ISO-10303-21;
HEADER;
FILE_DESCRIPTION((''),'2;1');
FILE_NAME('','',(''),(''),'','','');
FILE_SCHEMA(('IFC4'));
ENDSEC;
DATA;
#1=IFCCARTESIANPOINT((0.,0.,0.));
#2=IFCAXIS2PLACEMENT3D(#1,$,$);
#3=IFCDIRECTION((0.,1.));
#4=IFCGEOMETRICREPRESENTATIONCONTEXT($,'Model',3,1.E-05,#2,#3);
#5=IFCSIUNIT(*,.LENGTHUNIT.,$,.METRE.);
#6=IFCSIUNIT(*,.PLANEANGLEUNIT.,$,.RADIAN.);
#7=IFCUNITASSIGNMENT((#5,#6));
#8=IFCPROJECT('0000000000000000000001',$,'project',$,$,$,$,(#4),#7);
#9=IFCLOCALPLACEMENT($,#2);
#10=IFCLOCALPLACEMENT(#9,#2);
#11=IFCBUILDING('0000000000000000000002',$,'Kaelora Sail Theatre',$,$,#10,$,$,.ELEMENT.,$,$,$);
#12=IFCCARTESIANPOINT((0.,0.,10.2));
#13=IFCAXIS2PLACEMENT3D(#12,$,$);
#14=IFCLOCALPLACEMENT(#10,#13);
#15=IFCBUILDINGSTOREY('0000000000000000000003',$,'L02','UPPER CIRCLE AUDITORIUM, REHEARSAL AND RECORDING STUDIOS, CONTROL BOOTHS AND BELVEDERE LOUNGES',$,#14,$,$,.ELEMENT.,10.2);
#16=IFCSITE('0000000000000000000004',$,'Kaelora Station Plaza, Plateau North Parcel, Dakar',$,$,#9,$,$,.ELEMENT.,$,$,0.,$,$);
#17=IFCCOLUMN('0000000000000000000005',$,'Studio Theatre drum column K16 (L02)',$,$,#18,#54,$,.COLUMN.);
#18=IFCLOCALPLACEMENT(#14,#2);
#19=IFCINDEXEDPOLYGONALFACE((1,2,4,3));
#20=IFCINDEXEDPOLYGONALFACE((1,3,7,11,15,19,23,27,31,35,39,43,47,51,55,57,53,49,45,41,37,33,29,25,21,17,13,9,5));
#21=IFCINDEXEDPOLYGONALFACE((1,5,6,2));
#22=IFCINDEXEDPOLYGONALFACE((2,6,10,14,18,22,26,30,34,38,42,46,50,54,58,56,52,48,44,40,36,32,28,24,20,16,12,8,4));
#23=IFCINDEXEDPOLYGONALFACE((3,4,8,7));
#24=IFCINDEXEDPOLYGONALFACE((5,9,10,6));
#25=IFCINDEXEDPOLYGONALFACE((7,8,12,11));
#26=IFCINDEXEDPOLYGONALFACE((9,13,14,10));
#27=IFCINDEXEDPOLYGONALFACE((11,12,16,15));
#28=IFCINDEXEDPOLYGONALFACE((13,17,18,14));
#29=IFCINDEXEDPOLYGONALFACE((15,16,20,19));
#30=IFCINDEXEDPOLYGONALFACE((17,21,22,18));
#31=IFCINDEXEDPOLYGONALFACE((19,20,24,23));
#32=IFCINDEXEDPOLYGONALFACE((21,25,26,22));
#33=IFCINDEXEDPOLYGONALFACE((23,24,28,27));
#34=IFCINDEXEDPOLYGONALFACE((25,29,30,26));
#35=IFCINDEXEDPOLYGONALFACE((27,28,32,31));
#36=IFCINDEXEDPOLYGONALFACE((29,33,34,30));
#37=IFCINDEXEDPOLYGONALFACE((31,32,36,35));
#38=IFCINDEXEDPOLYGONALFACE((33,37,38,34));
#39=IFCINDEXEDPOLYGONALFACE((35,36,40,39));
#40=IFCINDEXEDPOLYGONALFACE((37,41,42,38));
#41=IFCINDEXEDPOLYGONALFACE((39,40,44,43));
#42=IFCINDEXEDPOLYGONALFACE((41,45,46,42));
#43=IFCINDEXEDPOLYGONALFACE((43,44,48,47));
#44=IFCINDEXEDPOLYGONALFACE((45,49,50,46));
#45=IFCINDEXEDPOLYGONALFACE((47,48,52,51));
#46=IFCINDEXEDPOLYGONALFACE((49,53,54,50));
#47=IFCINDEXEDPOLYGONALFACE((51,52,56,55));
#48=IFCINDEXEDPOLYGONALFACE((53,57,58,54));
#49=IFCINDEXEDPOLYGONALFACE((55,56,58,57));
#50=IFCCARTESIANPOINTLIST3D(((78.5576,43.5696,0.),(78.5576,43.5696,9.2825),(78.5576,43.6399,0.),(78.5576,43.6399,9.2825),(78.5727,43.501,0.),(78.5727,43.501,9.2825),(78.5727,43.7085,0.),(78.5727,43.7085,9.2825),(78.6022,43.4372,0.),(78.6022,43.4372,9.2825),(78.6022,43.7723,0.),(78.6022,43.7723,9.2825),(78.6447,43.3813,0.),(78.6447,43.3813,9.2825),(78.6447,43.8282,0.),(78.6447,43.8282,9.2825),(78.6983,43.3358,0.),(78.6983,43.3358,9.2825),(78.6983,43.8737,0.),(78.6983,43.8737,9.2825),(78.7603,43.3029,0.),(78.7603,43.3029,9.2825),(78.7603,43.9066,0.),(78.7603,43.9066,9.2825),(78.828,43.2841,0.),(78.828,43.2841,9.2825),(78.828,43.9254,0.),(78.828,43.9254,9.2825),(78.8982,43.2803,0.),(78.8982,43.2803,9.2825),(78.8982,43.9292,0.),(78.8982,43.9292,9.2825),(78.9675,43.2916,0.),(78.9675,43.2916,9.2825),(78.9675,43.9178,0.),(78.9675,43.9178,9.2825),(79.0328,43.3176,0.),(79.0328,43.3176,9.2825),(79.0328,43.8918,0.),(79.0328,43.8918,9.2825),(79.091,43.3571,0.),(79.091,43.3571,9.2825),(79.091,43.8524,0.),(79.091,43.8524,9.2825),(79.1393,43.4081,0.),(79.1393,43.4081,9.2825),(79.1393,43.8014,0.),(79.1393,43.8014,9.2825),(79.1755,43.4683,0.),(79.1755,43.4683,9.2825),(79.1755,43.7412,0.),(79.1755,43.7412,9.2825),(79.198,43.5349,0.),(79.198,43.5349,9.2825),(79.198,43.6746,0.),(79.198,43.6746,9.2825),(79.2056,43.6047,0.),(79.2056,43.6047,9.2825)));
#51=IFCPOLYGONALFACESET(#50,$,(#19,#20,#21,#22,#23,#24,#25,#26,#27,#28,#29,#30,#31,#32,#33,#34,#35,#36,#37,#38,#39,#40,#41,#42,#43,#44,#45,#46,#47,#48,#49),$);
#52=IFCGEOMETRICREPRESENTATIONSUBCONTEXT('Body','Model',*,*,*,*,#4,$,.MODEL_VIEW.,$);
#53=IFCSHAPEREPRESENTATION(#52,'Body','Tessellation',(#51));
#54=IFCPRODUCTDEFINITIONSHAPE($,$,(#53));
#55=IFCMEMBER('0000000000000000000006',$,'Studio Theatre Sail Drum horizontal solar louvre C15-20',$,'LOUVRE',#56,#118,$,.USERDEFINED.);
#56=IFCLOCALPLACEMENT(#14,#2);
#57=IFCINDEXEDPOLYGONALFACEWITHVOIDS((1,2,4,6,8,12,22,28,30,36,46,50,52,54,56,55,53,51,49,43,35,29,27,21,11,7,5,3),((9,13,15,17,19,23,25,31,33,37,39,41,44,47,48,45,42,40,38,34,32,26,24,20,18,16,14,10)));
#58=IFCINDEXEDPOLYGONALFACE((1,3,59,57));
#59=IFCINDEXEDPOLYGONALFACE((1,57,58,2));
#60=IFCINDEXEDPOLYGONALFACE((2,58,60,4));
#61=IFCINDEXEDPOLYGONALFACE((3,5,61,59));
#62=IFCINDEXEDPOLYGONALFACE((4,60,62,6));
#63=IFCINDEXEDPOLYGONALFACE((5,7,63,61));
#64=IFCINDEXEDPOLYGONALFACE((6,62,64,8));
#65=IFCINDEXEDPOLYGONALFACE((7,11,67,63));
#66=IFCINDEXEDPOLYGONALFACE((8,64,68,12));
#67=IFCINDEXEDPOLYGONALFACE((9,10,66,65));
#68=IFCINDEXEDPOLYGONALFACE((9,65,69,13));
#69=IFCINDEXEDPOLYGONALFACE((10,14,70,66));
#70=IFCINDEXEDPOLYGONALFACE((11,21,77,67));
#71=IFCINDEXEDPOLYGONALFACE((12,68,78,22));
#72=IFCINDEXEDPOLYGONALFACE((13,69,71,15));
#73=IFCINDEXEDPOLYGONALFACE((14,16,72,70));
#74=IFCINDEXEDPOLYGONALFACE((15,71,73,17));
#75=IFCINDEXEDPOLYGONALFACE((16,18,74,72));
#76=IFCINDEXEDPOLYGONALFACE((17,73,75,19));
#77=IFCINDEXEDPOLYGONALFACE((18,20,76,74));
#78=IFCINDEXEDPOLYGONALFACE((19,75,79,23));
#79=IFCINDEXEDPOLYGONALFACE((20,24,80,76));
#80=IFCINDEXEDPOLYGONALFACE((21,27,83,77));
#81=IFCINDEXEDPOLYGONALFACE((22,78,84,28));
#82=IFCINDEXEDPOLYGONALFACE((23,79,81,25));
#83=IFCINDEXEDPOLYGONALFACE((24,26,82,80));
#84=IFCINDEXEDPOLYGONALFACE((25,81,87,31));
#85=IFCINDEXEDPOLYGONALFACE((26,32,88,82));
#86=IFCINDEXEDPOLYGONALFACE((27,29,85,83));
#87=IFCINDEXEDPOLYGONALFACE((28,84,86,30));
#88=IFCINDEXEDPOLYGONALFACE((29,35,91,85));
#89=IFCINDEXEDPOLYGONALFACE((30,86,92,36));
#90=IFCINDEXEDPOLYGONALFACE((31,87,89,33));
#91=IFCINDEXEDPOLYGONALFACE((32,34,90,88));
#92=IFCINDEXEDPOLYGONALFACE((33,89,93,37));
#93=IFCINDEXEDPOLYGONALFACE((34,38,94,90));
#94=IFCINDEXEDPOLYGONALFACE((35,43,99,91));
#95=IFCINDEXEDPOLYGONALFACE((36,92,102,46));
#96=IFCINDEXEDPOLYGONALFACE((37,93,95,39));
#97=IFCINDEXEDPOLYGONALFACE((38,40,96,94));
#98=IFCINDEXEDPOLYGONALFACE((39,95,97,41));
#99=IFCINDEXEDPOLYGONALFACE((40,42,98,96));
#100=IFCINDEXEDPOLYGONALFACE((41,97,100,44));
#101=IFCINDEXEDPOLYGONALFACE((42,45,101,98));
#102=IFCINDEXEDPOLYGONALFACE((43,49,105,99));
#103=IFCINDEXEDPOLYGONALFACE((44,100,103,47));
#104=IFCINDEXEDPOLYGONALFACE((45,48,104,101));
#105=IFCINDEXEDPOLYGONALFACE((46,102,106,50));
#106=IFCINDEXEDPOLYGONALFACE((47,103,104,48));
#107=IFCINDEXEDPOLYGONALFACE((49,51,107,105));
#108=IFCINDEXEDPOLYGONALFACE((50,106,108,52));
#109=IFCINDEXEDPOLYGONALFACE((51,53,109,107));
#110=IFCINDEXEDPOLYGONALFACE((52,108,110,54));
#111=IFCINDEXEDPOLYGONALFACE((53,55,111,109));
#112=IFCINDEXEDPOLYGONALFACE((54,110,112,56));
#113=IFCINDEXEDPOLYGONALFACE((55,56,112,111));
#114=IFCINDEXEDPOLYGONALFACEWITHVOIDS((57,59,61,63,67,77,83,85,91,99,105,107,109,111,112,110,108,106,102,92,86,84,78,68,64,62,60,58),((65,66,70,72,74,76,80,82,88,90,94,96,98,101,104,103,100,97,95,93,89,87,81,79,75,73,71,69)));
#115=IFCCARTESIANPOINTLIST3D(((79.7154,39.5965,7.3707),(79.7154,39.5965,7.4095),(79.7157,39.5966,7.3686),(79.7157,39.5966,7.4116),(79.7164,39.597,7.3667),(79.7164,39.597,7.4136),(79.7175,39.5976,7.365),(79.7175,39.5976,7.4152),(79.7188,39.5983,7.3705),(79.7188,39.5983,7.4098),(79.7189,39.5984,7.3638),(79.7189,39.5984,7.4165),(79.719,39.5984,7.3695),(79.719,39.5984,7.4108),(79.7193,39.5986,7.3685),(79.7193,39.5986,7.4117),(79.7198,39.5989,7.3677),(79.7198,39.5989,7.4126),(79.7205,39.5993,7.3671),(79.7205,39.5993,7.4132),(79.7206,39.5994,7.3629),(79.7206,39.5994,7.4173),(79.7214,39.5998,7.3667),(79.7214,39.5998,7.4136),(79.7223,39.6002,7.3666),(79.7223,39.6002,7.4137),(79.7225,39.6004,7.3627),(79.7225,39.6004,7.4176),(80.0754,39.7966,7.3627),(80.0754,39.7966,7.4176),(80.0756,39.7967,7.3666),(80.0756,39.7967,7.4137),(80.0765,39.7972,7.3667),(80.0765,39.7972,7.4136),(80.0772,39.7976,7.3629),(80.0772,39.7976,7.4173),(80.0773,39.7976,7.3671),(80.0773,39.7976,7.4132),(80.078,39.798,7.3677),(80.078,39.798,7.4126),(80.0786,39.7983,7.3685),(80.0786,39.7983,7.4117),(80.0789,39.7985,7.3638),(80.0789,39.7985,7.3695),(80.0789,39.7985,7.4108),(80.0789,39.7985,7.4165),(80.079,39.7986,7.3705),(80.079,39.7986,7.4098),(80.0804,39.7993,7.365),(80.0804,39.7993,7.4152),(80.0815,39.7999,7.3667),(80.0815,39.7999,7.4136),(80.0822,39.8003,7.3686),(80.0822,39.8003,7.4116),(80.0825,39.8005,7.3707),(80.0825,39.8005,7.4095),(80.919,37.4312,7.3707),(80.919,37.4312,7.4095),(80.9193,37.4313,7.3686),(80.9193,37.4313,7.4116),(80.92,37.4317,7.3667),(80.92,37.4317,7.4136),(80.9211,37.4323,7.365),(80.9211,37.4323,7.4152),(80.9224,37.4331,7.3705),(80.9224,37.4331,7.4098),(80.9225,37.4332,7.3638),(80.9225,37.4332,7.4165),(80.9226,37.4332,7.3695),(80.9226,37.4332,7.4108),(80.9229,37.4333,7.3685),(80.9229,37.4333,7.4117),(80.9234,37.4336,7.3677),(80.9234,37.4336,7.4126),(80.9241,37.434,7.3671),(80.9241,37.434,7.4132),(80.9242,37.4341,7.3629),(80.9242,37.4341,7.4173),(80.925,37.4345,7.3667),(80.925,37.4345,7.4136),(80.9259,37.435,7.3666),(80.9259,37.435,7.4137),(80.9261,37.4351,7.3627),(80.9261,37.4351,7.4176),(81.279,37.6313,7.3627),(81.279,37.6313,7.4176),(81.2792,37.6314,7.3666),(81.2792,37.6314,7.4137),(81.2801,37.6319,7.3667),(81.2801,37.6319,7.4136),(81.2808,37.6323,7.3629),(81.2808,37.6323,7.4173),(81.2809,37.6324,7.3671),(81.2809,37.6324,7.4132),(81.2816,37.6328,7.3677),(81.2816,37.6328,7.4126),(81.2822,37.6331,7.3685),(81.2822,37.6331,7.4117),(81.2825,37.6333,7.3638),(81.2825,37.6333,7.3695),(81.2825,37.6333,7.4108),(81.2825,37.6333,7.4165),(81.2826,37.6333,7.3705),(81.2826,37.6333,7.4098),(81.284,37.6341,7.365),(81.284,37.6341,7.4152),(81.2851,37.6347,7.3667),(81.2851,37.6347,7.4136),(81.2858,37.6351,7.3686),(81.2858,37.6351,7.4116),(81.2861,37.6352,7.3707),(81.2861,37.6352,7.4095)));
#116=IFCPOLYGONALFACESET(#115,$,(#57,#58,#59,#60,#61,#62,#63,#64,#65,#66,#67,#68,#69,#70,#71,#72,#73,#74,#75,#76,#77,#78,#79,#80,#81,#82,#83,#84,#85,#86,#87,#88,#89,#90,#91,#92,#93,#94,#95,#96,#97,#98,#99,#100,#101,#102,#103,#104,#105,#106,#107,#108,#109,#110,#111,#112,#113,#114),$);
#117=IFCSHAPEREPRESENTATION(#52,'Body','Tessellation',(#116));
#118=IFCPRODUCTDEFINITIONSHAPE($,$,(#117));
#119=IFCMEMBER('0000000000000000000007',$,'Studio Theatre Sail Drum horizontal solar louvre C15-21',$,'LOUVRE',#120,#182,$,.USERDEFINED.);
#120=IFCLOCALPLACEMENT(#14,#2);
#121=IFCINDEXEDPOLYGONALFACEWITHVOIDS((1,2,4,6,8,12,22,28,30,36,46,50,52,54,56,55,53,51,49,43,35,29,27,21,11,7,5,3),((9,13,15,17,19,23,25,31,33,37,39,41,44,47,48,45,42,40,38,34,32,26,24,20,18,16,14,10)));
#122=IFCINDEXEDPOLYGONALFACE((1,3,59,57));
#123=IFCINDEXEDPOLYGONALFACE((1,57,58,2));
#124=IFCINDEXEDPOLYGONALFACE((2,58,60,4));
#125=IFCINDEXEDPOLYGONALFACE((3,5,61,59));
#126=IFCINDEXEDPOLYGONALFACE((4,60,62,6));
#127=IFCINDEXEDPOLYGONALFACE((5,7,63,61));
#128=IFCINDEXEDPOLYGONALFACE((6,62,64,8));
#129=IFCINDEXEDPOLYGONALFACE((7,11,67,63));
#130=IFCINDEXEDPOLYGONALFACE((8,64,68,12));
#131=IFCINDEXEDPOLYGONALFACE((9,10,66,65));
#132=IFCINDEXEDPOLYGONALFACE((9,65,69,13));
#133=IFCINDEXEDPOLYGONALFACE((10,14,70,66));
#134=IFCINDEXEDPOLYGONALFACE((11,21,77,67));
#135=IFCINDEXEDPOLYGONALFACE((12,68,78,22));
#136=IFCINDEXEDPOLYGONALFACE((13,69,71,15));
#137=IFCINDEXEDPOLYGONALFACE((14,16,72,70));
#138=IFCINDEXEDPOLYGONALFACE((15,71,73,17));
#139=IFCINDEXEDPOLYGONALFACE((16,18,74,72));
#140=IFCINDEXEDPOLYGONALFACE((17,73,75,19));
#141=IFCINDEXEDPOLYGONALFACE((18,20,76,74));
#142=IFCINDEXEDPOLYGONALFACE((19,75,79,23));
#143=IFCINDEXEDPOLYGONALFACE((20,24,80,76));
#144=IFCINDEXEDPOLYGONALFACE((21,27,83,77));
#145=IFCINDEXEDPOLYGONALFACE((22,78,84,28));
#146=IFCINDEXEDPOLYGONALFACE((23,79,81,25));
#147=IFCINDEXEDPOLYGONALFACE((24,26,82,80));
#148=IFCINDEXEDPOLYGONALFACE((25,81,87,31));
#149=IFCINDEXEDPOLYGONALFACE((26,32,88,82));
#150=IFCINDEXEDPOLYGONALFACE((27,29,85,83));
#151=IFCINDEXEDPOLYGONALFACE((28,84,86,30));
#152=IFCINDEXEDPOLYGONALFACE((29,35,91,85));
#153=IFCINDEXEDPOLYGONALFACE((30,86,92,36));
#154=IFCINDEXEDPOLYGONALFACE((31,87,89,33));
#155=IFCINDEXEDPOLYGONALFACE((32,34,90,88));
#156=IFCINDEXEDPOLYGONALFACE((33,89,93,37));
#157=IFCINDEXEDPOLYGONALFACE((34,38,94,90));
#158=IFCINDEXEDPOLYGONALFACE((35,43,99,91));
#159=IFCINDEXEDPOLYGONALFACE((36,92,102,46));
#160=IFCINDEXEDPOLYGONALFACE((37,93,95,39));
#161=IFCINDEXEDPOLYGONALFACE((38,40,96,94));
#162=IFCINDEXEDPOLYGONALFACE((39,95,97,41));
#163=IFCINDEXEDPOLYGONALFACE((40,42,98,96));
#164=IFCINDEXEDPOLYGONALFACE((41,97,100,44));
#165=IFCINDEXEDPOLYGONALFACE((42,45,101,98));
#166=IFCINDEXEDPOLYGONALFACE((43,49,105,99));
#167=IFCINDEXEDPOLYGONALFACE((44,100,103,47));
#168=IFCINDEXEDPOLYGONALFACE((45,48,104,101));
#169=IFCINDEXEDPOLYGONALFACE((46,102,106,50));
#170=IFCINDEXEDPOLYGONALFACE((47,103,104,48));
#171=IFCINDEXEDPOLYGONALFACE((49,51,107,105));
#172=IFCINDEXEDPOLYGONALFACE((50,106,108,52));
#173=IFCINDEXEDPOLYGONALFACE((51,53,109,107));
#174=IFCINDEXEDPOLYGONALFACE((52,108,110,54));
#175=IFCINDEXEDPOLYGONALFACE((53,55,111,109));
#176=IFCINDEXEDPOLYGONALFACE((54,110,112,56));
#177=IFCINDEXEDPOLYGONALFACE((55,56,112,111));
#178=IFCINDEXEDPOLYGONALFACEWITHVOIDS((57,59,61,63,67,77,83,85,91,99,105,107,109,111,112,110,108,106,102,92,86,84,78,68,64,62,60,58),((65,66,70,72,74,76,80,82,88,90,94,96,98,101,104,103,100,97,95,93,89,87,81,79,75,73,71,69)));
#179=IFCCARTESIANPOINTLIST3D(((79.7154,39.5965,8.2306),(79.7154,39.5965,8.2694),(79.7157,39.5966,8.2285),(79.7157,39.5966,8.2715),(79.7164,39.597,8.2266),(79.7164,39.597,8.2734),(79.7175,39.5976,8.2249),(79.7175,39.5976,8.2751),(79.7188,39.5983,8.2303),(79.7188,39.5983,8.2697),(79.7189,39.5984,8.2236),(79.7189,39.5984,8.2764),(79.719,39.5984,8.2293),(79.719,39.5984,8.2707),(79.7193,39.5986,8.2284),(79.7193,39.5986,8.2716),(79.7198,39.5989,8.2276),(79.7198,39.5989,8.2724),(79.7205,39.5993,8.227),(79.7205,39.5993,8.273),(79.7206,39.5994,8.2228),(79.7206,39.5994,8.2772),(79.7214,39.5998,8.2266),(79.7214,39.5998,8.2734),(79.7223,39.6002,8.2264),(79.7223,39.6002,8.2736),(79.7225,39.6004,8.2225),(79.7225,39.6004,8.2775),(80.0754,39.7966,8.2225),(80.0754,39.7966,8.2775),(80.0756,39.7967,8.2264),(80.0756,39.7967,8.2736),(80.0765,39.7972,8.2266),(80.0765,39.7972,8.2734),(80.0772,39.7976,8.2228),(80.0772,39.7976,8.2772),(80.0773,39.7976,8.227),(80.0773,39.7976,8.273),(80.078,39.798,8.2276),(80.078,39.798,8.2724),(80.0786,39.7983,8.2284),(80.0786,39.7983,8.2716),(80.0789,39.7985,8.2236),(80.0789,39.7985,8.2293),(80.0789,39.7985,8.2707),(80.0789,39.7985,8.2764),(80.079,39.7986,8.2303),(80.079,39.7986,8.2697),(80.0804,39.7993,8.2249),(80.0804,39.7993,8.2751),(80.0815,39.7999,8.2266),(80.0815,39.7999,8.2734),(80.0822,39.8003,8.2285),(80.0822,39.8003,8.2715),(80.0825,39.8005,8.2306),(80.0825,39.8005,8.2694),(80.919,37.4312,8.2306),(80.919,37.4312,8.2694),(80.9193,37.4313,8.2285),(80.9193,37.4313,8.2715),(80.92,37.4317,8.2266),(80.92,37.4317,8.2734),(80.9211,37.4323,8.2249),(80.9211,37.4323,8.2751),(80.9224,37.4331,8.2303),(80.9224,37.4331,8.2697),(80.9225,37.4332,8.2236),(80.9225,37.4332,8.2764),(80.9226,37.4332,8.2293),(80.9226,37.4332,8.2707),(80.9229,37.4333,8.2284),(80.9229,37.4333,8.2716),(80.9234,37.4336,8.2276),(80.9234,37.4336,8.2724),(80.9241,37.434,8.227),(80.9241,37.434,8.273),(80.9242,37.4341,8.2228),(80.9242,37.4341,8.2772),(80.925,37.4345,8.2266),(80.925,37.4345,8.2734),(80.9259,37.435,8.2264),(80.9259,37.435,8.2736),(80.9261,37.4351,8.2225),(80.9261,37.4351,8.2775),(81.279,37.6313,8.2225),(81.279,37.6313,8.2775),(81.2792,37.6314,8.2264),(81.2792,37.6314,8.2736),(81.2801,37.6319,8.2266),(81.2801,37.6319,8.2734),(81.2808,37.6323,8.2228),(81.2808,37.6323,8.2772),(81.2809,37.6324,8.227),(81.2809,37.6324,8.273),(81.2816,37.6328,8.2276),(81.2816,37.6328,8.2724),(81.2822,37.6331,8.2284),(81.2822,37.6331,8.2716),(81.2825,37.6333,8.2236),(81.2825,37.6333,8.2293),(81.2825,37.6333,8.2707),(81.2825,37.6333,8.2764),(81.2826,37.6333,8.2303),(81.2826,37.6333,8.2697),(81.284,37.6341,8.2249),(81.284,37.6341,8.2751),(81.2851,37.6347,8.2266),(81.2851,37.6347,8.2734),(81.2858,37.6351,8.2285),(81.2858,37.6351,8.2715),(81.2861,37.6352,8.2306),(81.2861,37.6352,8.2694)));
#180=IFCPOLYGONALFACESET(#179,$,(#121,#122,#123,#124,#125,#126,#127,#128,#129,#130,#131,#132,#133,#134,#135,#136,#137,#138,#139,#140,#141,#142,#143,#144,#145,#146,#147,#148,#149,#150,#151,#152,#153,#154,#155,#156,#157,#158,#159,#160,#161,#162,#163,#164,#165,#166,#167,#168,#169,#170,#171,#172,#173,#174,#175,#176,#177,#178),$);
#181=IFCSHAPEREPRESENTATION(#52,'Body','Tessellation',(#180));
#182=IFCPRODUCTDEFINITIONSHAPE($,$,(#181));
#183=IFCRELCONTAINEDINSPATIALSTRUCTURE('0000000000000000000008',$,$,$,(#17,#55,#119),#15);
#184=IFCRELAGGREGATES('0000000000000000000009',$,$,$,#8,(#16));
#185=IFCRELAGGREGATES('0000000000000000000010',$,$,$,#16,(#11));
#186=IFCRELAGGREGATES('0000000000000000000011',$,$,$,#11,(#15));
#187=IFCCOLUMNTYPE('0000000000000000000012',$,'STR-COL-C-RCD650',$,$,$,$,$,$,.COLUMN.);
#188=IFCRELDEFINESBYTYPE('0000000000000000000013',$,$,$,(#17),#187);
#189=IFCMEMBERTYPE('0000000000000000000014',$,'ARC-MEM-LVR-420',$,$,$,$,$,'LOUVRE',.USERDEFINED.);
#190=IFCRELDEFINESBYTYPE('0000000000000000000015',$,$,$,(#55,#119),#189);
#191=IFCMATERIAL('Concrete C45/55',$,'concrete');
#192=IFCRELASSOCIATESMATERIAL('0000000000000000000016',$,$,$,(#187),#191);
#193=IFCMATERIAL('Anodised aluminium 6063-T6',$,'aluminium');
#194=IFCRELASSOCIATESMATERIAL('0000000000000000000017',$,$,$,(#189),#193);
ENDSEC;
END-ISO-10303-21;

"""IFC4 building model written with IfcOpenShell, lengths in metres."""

from ifc_helpers import new_model, si_unit, direction, frame, origin, origin_2d, place, context, subcontext, project, spatial, hollow_rectangle, circle, extrude, material, material_profile, profile_set, type_object, element, save


model = new_model("IFC4")

# Units and contexts
model_context = context("Model", 3, precision=1e-05, world=origin(), true_north=direction((0.0, 1.0)))
body_context = subcontext(model_context, "Body", "Model", "MODEL_VIEW")
ifc_project = project(units=[si_unit("LENGTHUNIT", "METRE"), si_unit("PLANEANGLEUNIT", "RADIAN")], contexts=[model_context])

# Site, building, storey
site_placement = place(None, origin())
site = spatial("IfcSite", under=ifc_project, at=site_placement, Name="Kaelora Station Plaza, Plateau North Parcel, Dakar", CompositionType="ELEMENT", RefElevation=0.0)
building_placement = place(site_placement, origin())
building = spatial("IfcBuilding", under=site, at=building_placement, Name="Kaelora Sail Theatre", CompositionType="ELEMENT")
storey_placement = place(building_placement, frame((0.0, 0.0, 10.2)))
storey = spatial("IfcBuildingStorey", under=building, at=storey_placement, Name="L02", Description="UPPER CIRCLE AUDITORIUM, REHEARSAL AND RECORDING STUDIOS, CONTROL BOOTHS AND BELVEDERE LOUNGES", CompositionType="ELEMENT", Elevation=10.2)

# Column
ifc_material_1 = material(Name="Concrete C45/55", Category="concrete")
ifc_material_profile_1 = material_profile(ifc_material_1, circle(Radius=0.325, at=origin_2d()), Name="RC-CCOL D650")
ifc_profile_set_1 = profile_set([ifc_material_profile_1], Name="Concrete C45/55")
column_type = type_object("IfcColumnType", Name="STR-COL-C-RCD650", PredefinedType="COLUMN", material=ifc_profile_set_1)
column_placement = place(storey_placement, frame((78.8806, 43.6047, 0.0), z_axis=(0.0, 0.0, 1.0), x_axis=(1.0, 0.0, 0.0)))
element("IfcColumn", 1, at=column_placement, inside=storey, type_object=column_type, Name="Studio Theatre drum column K16 (L02)", PredefinedType="COLUMN", context=body_context, shape_type="SweptSolid", body=[
    extrude(circle(Radius=0.325, at=origin_2d()), origin(), (0.0, 0.0, 1.0), 9.2825),
])

# Members
ifc_material_2 = material(Name="Anodised aluminium 6063-T6", Category="aluminium")
ifc_material_profile_2 = material_profile(ifc_material_2, hollow_rectangle(XDim=0.4199, YDim=0.0549, WallThickness=0.0039, InnerFilletRadius=0.0039, OuterFilletRadius=0.0081, at=origin_2d()), Name="LOUVRE 420x55x4")
ifc_profile_set_2 = profile_set([ifc_material_profile_2], Name="Anodised aluminium 6063-T6")
member_type = type_object("IfcMemberType", Name="ARC-MEM-LVR-420", ElementType="LOUVRE", PredefinedType="USERDEFINED", material=ifc_profile_set_2)
for number, where, z_axis, x_axis, name in (
    (2, (81.1025, 37.5332, 7.3901), (-0.485852, 0.874041, 0.0), (-0.874041, -0.485852, 0.0), "Studio Theatre Sail Drum horizontal solar louvre C15-20"),
    (3, (81.1025, 37.5332, 8.25), (-0.485852, 0.874041, 0.0), (-0.874041, -0.485852, 0.0), "Studio Theatre Sail Drum horizontal solar louvre C15-21"),
):
    element("IfcMember", number, at=place(storey_placement, frame(where, z_axis=z_axis, x_axis=x_axis)), inside=storey, type_object=member_type, Name=name, ObjectType="LOUVRE", PredefinedType="USERDEFINED", context=body_context, shape_type="SweptSolid", body=[
        extrude(hollow_rectangle(XDim=0.4199, YDim=0.0549, WallThickness=0.0039, InnerFilletRadius=0.0039, OuterFilletRadius=0.0081, at=origin_2d()), origin(), (0.0, 0.0, 1.0), 2.4773),
    ])

save(model, "model.ifc")
